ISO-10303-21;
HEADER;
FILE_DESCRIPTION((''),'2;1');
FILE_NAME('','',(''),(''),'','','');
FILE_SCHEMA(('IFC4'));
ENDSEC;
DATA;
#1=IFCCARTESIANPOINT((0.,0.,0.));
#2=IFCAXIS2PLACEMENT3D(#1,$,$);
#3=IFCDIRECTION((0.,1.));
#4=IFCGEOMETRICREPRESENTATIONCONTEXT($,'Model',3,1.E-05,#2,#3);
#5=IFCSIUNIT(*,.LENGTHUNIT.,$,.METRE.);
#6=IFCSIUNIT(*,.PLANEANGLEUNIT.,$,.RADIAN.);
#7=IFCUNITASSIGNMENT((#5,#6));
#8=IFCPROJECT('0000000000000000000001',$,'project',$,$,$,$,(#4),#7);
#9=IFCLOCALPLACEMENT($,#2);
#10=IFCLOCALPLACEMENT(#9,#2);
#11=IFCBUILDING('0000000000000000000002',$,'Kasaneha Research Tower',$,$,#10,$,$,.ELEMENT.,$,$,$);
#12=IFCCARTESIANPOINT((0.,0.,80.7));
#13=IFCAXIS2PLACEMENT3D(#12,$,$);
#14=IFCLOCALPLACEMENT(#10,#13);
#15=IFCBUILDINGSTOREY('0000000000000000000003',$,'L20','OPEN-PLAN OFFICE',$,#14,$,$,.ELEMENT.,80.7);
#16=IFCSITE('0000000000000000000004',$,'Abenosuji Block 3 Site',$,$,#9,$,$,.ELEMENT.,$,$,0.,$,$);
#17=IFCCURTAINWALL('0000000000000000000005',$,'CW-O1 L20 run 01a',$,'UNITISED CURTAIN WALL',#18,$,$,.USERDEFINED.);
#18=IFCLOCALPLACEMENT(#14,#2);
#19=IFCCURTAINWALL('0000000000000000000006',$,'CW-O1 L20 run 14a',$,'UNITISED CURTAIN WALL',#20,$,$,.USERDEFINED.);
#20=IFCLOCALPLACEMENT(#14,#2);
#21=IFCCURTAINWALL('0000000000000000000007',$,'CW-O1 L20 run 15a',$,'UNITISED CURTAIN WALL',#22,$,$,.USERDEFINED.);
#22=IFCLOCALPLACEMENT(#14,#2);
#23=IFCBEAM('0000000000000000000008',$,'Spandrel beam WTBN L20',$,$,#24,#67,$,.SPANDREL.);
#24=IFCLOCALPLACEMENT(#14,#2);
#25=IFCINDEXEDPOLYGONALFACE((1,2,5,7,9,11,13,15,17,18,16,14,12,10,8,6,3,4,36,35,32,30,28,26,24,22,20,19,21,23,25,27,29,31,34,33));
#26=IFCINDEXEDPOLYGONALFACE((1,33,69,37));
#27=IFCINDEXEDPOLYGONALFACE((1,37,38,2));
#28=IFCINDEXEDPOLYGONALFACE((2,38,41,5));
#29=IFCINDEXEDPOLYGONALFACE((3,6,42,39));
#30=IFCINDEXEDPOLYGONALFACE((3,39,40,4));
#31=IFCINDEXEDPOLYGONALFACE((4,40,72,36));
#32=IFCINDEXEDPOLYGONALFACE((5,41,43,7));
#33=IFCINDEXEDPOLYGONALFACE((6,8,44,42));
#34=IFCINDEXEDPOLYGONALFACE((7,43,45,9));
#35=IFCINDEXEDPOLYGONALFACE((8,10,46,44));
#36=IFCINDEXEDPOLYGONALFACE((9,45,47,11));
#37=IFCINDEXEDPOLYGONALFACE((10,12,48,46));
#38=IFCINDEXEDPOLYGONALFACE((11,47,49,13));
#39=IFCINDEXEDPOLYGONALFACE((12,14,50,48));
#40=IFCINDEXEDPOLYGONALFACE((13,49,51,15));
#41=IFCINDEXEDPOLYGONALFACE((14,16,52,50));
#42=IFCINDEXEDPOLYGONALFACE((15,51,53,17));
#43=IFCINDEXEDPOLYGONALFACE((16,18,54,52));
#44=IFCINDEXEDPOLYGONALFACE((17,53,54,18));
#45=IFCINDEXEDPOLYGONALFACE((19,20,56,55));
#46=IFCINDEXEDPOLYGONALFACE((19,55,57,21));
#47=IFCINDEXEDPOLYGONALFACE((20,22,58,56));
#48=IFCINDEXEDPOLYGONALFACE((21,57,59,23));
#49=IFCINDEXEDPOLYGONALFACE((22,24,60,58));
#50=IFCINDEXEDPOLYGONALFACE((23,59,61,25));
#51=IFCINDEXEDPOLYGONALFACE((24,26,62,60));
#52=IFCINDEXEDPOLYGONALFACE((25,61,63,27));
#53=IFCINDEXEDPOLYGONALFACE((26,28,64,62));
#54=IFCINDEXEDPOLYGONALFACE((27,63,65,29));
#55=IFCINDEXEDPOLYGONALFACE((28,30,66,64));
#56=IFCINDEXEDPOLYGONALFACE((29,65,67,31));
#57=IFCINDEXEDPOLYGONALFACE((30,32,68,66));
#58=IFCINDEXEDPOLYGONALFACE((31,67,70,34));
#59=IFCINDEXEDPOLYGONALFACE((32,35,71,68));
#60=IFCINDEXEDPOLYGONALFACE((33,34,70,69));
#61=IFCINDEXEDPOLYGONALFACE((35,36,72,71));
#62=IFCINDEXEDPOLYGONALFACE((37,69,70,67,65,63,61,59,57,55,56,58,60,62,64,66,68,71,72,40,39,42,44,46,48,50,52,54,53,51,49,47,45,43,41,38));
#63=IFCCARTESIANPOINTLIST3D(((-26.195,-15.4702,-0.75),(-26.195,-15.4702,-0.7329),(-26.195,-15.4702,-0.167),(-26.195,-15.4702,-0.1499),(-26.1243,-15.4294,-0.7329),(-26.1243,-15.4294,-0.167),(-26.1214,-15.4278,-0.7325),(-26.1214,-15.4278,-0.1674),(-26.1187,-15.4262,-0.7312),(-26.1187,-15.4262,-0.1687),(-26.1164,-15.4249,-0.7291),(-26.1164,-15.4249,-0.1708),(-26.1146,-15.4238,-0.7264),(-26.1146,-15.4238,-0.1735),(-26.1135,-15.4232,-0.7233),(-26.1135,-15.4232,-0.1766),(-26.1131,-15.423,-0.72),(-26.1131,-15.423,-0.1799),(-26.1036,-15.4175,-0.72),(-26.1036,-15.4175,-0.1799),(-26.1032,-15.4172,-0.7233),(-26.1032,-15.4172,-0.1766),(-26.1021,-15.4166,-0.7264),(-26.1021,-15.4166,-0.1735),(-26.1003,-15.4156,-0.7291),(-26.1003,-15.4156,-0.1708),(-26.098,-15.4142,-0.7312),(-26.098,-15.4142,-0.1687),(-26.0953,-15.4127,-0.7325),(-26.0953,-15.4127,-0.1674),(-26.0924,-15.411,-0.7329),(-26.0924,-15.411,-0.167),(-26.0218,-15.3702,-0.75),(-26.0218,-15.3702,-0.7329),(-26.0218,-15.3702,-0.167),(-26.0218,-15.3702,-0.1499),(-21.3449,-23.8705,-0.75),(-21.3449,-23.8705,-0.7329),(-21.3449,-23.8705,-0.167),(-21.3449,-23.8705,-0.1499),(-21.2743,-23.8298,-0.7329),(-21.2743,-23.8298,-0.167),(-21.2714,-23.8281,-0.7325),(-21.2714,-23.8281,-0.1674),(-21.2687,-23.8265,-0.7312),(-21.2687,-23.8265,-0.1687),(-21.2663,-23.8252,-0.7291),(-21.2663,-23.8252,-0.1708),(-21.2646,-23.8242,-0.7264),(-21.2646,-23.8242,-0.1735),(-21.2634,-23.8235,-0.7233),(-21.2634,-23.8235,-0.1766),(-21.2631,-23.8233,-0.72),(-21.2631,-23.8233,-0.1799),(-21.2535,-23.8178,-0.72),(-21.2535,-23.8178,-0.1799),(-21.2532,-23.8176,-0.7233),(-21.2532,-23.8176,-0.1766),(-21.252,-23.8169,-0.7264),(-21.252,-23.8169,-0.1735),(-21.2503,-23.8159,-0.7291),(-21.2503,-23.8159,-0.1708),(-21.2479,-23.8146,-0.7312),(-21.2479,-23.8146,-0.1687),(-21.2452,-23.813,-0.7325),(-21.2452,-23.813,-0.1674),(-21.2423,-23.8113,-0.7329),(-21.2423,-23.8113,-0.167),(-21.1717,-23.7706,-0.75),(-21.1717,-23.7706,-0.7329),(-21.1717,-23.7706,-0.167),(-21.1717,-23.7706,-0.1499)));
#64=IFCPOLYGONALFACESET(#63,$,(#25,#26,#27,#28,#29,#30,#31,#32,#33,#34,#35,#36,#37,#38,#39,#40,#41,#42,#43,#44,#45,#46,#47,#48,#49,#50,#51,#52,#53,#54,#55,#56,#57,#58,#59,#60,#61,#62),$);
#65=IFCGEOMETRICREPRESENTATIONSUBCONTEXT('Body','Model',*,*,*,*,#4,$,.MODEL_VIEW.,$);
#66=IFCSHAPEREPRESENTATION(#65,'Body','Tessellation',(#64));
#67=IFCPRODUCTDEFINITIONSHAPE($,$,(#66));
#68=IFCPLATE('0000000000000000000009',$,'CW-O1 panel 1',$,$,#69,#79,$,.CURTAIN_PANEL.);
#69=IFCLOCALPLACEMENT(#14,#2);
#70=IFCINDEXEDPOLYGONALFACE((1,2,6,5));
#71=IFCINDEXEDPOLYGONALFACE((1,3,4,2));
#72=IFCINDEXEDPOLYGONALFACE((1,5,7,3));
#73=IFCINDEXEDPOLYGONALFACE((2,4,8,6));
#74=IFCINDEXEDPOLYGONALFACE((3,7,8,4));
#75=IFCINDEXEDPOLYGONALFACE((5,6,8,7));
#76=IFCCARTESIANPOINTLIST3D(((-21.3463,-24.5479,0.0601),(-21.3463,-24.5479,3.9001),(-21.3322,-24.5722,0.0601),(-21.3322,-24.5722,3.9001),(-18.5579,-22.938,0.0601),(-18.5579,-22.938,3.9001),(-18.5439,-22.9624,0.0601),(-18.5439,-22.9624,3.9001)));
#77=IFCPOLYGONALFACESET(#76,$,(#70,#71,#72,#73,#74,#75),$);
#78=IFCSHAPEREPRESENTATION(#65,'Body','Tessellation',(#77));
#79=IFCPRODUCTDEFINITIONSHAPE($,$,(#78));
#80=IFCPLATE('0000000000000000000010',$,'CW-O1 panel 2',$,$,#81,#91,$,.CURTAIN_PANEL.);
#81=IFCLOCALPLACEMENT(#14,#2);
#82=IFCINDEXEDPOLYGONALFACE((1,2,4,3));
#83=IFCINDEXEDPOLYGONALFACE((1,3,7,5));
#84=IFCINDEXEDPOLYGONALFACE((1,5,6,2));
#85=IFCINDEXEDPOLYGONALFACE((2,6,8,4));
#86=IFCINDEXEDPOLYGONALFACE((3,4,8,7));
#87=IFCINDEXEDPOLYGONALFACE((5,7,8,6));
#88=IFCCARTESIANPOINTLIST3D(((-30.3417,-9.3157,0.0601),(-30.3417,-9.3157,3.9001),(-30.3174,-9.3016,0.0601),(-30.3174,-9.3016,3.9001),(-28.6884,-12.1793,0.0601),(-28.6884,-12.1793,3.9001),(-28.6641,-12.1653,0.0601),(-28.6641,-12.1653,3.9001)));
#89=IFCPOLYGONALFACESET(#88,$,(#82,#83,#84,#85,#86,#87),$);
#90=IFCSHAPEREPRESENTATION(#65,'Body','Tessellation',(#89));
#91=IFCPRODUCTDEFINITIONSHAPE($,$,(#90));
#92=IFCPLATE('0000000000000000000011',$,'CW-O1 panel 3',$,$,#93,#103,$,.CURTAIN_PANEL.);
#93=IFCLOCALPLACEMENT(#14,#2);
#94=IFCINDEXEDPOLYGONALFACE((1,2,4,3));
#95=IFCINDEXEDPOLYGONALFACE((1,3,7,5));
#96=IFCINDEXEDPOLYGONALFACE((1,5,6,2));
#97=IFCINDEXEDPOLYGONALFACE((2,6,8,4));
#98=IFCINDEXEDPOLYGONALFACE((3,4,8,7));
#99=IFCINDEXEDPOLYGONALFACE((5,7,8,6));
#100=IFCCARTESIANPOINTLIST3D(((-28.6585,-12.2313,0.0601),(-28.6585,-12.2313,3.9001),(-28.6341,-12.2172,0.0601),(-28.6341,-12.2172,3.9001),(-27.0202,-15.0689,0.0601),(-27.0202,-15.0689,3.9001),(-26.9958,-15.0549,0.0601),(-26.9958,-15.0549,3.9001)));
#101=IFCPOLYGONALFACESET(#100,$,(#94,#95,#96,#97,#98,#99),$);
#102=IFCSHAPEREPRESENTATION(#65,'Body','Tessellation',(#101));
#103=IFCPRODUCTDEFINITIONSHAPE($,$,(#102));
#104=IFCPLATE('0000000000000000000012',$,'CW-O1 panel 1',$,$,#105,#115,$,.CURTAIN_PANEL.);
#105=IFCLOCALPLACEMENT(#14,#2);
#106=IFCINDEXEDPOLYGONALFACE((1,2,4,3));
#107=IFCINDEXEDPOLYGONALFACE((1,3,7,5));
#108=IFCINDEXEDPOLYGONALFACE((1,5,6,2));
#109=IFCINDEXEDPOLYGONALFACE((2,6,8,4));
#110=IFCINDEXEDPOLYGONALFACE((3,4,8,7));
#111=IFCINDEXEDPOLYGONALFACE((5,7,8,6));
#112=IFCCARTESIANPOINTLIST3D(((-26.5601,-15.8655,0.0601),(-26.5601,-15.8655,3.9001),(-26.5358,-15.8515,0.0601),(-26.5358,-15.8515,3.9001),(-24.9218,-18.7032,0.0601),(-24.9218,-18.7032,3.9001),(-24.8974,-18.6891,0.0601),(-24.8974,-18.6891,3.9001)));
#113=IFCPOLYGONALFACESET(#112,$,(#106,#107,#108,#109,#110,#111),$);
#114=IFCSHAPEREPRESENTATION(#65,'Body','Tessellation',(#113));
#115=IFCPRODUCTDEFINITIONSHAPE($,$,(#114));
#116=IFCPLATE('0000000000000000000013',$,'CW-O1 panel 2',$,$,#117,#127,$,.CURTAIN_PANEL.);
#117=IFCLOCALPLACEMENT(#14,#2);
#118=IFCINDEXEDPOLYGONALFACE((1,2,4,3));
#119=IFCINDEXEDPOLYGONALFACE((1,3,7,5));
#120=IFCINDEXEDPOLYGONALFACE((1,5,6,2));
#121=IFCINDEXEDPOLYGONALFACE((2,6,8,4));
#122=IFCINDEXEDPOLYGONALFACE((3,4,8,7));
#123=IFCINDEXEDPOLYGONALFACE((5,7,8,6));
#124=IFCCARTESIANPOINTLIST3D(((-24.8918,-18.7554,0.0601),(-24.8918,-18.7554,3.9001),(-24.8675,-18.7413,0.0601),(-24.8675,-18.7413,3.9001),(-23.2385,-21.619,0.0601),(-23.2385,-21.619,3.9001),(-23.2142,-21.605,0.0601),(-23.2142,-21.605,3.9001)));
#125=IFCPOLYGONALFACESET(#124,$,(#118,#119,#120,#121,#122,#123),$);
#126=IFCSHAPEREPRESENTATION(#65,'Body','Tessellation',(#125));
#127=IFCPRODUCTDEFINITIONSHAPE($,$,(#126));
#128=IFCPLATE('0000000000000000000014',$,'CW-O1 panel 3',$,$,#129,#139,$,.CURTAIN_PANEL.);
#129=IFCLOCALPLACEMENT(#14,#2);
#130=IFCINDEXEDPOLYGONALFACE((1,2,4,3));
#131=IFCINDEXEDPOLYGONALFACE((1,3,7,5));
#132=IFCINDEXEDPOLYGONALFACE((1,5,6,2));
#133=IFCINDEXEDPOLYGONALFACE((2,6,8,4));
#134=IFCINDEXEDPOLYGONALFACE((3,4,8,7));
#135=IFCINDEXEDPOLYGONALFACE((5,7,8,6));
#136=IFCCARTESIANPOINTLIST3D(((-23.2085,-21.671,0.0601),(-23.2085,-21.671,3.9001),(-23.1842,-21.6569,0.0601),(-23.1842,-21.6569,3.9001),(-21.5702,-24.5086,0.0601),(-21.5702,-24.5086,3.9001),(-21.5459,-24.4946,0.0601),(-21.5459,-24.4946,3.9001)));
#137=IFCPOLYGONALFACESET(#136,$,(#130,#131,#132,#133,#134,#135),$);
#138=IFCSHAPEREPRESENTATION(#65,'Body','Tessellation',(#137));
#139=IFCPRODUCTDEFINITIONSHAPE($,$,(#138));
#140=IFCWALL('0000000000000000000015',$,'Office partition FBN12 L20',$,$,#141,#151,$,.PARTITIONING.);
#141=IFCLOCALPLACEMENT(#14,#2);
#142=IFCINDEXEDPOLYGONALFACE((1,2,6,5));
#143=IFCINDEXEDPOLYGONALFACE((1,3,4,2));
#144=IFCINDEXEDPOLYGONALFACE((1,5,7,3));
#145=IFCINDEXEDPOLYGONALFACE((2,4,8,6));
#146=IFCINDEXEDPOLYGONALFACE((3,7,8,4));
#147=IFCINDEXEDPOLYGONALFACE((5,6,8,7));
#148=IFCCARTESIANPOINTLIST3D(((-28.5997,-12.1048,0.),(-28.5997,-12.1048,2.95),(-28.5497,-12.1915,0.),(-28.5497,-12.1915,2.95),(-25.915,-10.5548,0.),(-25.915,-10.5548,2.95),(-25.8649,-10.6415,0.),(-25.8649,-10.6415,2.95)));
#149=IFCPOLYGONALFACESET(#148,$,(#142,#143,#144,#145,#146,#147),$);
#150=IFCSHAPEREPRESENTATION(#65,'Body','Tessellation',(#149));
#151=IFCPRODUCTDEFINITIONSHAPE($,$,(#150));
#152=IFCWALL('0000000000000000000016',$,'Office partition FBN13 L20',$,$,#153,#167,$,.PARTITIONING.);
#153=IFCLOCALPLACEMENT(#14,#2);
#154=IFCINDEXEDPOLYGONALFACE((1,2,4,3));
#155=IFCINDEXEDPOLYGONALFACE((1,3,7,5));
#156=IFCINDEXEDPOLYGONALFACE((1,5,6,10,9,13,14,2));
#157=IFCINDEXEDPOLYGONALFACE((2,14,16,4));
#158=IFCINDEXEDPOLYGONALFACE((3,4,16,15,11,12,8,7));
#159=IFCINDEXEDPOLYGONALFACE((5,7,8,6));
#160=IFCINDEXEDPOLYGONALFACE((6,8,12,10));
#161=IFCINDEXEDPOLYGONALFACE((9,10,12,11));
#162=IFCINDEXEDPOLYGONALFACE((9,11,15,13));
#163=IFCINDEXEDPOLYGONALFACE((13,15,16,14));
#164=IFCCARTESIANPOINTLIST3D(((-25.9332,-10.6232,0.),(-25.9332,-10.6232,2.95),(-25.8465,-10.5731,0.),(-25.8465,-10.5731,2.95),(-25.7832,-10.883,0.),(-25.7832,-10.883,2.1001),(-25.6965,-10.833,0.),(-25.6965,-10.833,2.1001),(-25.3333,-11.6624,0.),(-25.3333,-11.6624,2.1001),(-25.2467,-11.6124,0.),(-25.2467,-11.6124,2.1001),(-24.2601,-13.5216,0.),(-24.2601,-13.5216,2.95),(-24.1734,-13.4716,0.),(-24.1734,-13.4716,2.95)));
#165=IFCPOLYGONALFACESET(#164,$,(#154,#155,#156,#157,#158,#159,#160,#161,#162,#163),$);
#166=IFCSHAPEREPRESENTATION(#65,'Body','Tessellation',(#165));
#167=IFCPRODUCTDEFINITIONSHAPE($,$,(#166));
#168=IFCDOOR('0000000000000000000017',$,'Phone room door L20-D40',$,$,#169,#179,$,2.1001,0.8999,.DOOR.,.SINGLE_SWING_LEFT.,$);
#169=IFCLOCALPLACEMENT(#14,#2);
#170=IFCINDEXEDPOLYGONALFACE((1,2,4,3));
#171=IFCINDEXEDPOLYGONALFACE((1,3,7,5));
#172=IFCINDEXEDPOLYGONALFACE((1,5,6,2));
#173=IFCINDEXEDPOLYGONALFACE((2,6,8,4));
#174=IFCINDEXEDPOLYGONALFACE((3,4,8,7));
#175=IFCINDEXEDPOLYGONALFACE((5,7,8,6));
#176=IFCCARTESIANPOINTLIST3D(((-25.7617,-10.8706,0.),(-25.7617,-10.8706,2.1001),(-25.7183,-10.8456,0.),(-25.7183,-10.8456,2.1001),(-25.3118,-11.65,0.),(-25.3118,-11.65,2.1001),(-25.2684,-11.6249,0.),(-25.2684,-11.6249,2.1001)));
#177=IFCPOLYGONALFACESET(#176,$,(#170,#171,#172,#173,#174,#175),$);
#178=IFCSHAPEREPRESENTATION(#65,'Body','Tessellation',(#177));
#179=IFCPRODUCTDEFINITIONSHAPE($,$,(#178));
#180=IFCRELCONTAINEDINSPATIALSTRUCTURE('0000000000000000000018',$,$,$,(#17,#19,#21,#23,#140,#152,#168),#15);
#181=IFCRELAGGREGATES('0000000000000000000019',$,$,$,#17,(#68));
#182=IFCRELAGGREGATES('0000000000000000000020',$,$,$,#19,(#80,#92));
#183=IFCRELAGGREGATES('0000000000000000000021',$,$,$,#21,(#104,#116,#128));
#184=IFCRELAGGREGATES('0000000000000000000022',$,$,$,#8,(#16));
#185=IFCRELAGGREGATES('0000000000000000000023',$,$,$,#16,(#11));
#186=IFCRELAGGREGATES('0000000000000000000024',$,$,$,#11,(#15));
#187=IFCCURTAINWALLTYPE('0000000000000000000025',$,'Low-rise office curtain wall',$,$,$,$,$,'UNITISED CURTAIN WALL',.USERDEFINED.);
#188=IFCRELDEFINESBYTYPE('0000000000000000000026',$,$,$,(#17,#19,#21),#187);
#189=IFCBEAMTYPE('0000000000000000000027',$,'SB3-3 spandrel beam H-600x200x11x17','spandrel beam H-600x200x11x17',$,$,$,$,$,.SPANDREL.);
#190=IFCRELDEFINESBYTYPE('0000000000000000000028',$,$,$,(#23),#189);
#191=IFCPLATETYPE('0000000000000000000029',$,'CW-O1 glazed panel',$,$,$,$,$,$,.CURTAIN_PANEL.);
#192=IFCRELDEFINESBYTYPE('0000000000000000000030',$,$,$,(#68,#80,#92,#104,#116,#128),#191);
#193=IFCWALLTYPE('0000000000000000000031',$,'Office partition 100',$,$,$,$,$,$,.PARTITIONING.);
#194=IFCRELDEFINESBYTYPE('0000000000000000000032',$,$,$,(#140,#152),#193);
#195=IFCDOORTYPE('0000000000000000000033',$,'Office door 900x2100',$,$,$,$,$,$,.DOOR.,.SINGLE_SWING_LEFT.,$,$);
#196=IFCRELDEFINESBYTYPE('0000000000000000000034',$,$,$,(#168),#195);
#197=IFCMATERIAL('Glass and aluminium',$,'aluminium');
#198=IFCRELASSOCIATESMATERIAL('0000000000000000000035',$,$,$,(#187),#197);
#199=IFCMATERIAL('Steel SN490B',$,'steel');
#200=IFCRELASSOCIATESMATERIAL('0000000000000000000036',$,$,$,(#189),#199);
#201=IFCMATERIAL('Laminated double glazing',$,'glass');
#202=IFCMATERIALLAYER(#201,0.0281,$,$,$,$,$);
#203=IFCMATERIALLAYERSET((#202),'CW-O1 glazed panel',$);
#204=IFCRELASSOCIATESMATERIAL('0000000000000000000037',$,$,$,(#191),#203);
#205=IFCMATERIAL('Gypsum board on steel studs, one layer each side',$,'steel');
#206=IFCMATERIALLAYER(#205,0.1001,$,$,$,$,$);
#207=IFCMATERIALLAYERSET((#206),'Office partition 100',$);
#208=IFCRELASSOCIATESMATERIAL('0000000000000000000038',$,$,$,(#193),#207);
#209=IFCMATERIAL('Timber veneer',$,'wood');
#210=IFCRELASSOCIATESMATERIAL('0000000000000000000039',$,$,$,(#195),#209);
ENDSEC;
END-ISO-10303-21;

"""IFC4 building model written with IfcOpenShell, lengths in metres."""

from ifc_helpers import new_model, si_unit, direction, frame, frame_2d, origin, origin_2d, place, context, subcontext, project, spatial, rectangle, i_section, extrude, material, layer, layer_set, material_profile, profile_set, type_object, element, fill, aggregate, save


model = new_model("IFC4")

# Units and contexts
model_context = context("Model", 3, precision=1e-05, world=origin(), true_north=direction((0.0, 1.0)))
body_context = subcontext(model_context, "Body", "Model", "MODEL_VIEW")
ifc_project = project(units=[si_unit("LENGTHUNIT", "METRE"), si_unit("PLANEANGLEUNIT", "RADIAN")], contexts=[model_context])

# Site, building, storey
site_placement = place(None, origin())
site = spatial("IfcSite", under=ifc_project, at=site_placement, Name="Abenosuji Block 3 Site", CompositionType="ELEMENT", RefElevation=0.0)
building_placement = place(site_placement, origin())
building = spatial("IfcBuilding", under=site, at=building_placement, Name="Kasaneha Research Tower", CompositionType="ELEMENT")
storey_placement = place(building_placement, frame((0.0, 0.0, 80.7)))
storey = spatial("IfcBuildingStorey", under=building, at=storey_placement, Name="L20", Description="OPEN-PLAN OFFICE", CompositionType="ELEMENT", Elevation=80.7)

# Curtain wall
ifc_material_1 = material(Name="Glass and aluminium", Category="aluminium")
curtain_wall_type = type_object("IfcCurtainWallType", Name="Low-rise office curtain wall", ElementType="UNITISED CURTAIN WALL", PredefinedType="USERDEFINED", material=ifc_material_1)
curtain_wall_1_placement = place(storey_placement, origin())
curtain_wall_1 = element("IfcCurtainWall", 1, at=curtain_wall_1_placement, inside=storey, type_object=curtain_wall_type, Name="CW-O1 L20 run 01a", ObjectType="UNITISED CURTAIN WALL", PredefinedType="USERDEFINED")

# Curtain walls
curtain_wall_2_placement = place(storey_placement, origin())
curtain_wall_2 = element("IfcCurtainWall", 2, at=curtain_wall_2_placement, inside=storey, type_object=curtain_wall_type, Name="CW-O1 L20 run 14a", ObjectType="UNITISED CURTAIN WALL", PredefinedType="USERDEFINED")
curtain_wall_3_placement = place(storey_placement, origin())
curtain_wall_3 = element("IfcCurtainWall", 3, at=curtain_wall_3_placement, inside=storey, type_object=curtain_wall_type, Name="CW-O1 L20 run 15a", ObjectType="UNITISED CURTAIN WALL", PredefinedType="USERDEFINED")

# Beam
ifc_material_2 = material(Name="Steel SN490B", Category="steel")
ifc_material_profile_1 = material_profile(ifc_material_2, i_section(OverallWidth=0.2, OverallDepth=0.6001, WebThickness=0.011, FlangeThickness=0.0171, FilletRadius=0.0129, at=origin_2d()), Name="H-600x200x11x17")
ifc_profile_set_1 = profile_set([ifc_material_profile_1], Name="Steel SN490B")
beam_type = type_object("IfcBeamType", Name="SB3-3 spandrel beam H-600x200x11x17", Description="spandrel beam H-600x200x11x17", PredefinedType="SPANDREL", material=ifc_profile_set_1)
beam_placement = place(storey_placement, frame((-21.2583, -23.8206, -0.45), z_axis=(-0.50001, 0.86602, 0.0), x_axis=(-0.86602, -0.50001, 0.0)))
element("IfcBeam", 4, at=beam_placement, inside=storey, type_object=beam_type, Name="Spandrel beam WTBN L20", PredefinedType="SPANDREL", context=body_context, shape_type="SweptSolid", body=[
    extrude(i_section(OverallWidth=0.2, OverallDepth=0.6001, WebThickness=0.011, FlangeThickness=0.0171, FilletRadius=0.0129, at=origin_2d()), origin(), (0.0, 0.0, 1.0), 9.7),
])

# Plates
ifc_material_3 = material(Name="Laminated double glazing", Category="glass")
ifc_layer_1 = layer(ifc_material_3, 0.0281)
ifc_layer_set_1 = layer_set([ifc_layer_1], Name="CW-O1 glazed panel")
plate_type = type_object("IfcPlateType", Name="CW-O1 glazed panel", PredefinedType="CURTAIN_PANEL", material=ifc_layer_set_1)
plate_1_placement = place(storey_placement, frame((-19.9451, -23.7551, 0.0601), z_axis=(0.0, 0.0, 1.0), x_axis=(0.866025, 0.5, 0.0)))
plate_1 = element("IfcPlate", 5, at=plate_1_placement, type_object=plate_type, Name="CW-O1 panel 1", PredefinedType="CURTAIN_PANEL", context=body_context, shape_type="SweptSolid", body=[
    extrude(rectangle(XDim=3.2197, YDim=0.0281, at=origin_2d()), origin(), (0.0, 0.0, 1.0), 3.8401),
])
aggregate(curtain_wall_1, [plate_1])
plate_2_placement = place(storey_placement, frame((-29.5029, -10.7405, 0.0601), z_axis=(0.0, 0.0, 1.0), x_axis=(0.5, -0.866025, 0.0)))
plate_2 = element("IfcPlate", 6, at=plate_2_placement, type_object=plate_type, Name="CW-O1 panel 2", PredefinedType="CURTAIN_PANEL", context=body_context, shape_type="SweptSolid", body=[
    extrude(rectangle(XDim=3.3066, YDim=0.0281, at=origin_2d()), origin(), (0.0, 0.0, 1.0), 3.8401),
])
plate_3_placement = place(storey_placement, frame((-27.8271, -13.6431, 0.0601), z_axis=(0.0, 0.0, 1.0), x_axis=(0.5, -0.866025, 0.0)))
plate_3 = element("IfcPlate", 7, at=plate_3_placement, type_object=plate_type, Name="CW-O1 panel 3", PredefinedType="CURTAIN_PANEL", context=body_context, shape_type="SweptSolid", body=[
    extrude(rectangle(XDim=3.2766, YDim=0.0281, at=origin_2d()), origin(), (0.0, 0.0, 1.0), 3.8401),
])
aggregate(curtain_wall_2, [plate_2, plate_3])
plate_4_placement = place(storey_placement, frame((-25.7288, -17.2773, 0.0601), z_axis=(0.0, 0.0, 1.0), x_axis=(0.5, -0.866025, 0.0)))
plate_4 = element("IfcPlate", 8, at=plate_4_placement, type_object=plate_type, Name="CW-O1 panel 1", PredefinedType="CURTAIN_PANEL", context=body_context, shape_type="SweptSolid", body=[
    extrude(rectangle(XDim=3.2766, YDim=0.0281, at=origin_2d()), origin(), (0.0, 0.0, 1.0), 3.8401),
])
plate_5_placement = place(storey_placement, frame((-24.053, -20.1802, 0.0601), z_axis=(0.0, 0.0, 1.0), x_axis=(0.5, -0.866025, 0.0)))
plate_5 = element("IfcPlate", 9, at=plate_5_placement, type_object=plate_type, Name="CW-O1 panel 2", PredefinedType="CURTAIN_PANEL", context=body_context, shape_type="SweptSolid", body=[
    extrude(rectangle(XDim=3.3066, YDim=0.0281, at=origin_2d()), origin(), (0.0, 0.0, 1.0), 3.8401),
])
plate_6_placement = place(storey_placement, frame((-22.3772, -23.0828, 0.0601), z_axis=(0.0, 0.0, 1.0), x_axis=(0.5, -0.866025, 0.0)))
plate_6 = element("IfcPlate", 10, at=plate_6_placement, type_object=plate_type, Name="CW-O1 panel 3", PredefinedType="CURTAIN_PANEL", context=body_context, shape_type="SweptSolid", body=[
    extrude(rectangle(XDim=3.2766, YDim=0.0281, at=origin_2d()), origin(), (0.0, 0.0, 1.0), 3.8401),
])
aggregate(curtain_wall_3, [plate_4, plate_5, plate_6])

# Wall
ifc_material_4 = material(Name="Gypsum board on steel studs, one layer each side", Category="steel")
ifc_layer_2 = layer(ifc_material_4, 0.1001)
ifc_layer_set_2 = layer_set([ifc_layer_2], Name="Office partition 100")
wall_type = type_object("IfcWallType", Name="Office partition 100", PredefinedType="PARTITIONING", material=ifc_layer_set_2)
wall_1_placement = place(storey_placement, frame((-28.5747, -12.1482, 0.0), z_axis=(0.0, 0.0, 1.0), x_axis=(0.86603, 0.499993, 0.0)))
element("IfcWall", 11, at=wall_1_placement, inside=storey, type_object=wall_type, Name="Office partition FBN12 L20", PredefinedType="PARTITIONING", context=body_context, shape_type="SweptSolid", body=[
    extrude(rectangle(XDim=3.1001, YDim=0.1001, at=frame_2d((1.55, 0.0))), origin(), (0.0, 0.0, 1.0), 2.95),
])

# Wall, opening, door
wall_2_placement = place(storey_placement, frame((-25.8899, -10.5981, 0.0), z_axis=(0.0, 0.0, 1.0), x_axis=(0.499929, -0.866067, 0.0)))
wall_2 = element("IfcWall", 12, at=wall_2_placement, inside=storey, type_object=wall_type, Name="Office partition FBN13 L20", PredefinedType="PARTITIONING", context=body_context, shape_type="SweptSolid", body=[
    extrude(rectangle(XDim=3.3467, YDim=0.1001, at=frame_2d((1.6733, 0.0))), origin(), (0.0, 0.0, 1.0), 2.95),
])
opening_1_placement = place(wall_2_placement, frame((0.3, 0.0, 0.0)))
opening_1 = element("IfcOpeningElement", 13, at=opening_1_placement, cuts=wall_2, PredefinedType="OPENING", context=body_context, shape_type="SweptSolid", body=[
    extrude(rectangle(XDim=0.8999, YDim=2.1001, at=frame_2d((0.45, 1.05))), frame((0.0, 0.0601, 0.0), z_axis=(0.0, -1.0, 0.0), x_axis=(1.0, 0.0, 0.0)), (0.0, 0.0, 1.0), 0.1201),
])
ifc_material_5 = material(Name="Timber veneer", Category="wood")
door_type = type_object("IfcDoorType", Name="Office door 900x2100", OperationType="SINGLE_SWING_LEFT", PredefinedType="DOOR", material=ifc_material_5)
door_1_placement = place(opening_1_placement, origin())
door_1 = element("IfcDoor", 14, at=door_1_placement, inside=storey, type_object=door_type, Name="Phone room door L20-D40", OperationType="SINGLE_SWING_LEFT", OverallHeight=2.1001, OverallWidth=0.8999, PredefinedType="DOOR", context=body_context, shape_type="SweptSolid", body=[
    extrude(rectangle(XDim=0.8999, YDim=2.1001, at=frame_2d((0.45, 1.05))), frame((0.0, 0.0249, 0.0), z_axis=(0.0, -1.0, 0.0), x_axis=(1.0, 0.0, 0.0)), (0.0, 0.0, 1.0), 0.05),
])
fill(opening_1, door_1)

save(model, "model.ifc")
